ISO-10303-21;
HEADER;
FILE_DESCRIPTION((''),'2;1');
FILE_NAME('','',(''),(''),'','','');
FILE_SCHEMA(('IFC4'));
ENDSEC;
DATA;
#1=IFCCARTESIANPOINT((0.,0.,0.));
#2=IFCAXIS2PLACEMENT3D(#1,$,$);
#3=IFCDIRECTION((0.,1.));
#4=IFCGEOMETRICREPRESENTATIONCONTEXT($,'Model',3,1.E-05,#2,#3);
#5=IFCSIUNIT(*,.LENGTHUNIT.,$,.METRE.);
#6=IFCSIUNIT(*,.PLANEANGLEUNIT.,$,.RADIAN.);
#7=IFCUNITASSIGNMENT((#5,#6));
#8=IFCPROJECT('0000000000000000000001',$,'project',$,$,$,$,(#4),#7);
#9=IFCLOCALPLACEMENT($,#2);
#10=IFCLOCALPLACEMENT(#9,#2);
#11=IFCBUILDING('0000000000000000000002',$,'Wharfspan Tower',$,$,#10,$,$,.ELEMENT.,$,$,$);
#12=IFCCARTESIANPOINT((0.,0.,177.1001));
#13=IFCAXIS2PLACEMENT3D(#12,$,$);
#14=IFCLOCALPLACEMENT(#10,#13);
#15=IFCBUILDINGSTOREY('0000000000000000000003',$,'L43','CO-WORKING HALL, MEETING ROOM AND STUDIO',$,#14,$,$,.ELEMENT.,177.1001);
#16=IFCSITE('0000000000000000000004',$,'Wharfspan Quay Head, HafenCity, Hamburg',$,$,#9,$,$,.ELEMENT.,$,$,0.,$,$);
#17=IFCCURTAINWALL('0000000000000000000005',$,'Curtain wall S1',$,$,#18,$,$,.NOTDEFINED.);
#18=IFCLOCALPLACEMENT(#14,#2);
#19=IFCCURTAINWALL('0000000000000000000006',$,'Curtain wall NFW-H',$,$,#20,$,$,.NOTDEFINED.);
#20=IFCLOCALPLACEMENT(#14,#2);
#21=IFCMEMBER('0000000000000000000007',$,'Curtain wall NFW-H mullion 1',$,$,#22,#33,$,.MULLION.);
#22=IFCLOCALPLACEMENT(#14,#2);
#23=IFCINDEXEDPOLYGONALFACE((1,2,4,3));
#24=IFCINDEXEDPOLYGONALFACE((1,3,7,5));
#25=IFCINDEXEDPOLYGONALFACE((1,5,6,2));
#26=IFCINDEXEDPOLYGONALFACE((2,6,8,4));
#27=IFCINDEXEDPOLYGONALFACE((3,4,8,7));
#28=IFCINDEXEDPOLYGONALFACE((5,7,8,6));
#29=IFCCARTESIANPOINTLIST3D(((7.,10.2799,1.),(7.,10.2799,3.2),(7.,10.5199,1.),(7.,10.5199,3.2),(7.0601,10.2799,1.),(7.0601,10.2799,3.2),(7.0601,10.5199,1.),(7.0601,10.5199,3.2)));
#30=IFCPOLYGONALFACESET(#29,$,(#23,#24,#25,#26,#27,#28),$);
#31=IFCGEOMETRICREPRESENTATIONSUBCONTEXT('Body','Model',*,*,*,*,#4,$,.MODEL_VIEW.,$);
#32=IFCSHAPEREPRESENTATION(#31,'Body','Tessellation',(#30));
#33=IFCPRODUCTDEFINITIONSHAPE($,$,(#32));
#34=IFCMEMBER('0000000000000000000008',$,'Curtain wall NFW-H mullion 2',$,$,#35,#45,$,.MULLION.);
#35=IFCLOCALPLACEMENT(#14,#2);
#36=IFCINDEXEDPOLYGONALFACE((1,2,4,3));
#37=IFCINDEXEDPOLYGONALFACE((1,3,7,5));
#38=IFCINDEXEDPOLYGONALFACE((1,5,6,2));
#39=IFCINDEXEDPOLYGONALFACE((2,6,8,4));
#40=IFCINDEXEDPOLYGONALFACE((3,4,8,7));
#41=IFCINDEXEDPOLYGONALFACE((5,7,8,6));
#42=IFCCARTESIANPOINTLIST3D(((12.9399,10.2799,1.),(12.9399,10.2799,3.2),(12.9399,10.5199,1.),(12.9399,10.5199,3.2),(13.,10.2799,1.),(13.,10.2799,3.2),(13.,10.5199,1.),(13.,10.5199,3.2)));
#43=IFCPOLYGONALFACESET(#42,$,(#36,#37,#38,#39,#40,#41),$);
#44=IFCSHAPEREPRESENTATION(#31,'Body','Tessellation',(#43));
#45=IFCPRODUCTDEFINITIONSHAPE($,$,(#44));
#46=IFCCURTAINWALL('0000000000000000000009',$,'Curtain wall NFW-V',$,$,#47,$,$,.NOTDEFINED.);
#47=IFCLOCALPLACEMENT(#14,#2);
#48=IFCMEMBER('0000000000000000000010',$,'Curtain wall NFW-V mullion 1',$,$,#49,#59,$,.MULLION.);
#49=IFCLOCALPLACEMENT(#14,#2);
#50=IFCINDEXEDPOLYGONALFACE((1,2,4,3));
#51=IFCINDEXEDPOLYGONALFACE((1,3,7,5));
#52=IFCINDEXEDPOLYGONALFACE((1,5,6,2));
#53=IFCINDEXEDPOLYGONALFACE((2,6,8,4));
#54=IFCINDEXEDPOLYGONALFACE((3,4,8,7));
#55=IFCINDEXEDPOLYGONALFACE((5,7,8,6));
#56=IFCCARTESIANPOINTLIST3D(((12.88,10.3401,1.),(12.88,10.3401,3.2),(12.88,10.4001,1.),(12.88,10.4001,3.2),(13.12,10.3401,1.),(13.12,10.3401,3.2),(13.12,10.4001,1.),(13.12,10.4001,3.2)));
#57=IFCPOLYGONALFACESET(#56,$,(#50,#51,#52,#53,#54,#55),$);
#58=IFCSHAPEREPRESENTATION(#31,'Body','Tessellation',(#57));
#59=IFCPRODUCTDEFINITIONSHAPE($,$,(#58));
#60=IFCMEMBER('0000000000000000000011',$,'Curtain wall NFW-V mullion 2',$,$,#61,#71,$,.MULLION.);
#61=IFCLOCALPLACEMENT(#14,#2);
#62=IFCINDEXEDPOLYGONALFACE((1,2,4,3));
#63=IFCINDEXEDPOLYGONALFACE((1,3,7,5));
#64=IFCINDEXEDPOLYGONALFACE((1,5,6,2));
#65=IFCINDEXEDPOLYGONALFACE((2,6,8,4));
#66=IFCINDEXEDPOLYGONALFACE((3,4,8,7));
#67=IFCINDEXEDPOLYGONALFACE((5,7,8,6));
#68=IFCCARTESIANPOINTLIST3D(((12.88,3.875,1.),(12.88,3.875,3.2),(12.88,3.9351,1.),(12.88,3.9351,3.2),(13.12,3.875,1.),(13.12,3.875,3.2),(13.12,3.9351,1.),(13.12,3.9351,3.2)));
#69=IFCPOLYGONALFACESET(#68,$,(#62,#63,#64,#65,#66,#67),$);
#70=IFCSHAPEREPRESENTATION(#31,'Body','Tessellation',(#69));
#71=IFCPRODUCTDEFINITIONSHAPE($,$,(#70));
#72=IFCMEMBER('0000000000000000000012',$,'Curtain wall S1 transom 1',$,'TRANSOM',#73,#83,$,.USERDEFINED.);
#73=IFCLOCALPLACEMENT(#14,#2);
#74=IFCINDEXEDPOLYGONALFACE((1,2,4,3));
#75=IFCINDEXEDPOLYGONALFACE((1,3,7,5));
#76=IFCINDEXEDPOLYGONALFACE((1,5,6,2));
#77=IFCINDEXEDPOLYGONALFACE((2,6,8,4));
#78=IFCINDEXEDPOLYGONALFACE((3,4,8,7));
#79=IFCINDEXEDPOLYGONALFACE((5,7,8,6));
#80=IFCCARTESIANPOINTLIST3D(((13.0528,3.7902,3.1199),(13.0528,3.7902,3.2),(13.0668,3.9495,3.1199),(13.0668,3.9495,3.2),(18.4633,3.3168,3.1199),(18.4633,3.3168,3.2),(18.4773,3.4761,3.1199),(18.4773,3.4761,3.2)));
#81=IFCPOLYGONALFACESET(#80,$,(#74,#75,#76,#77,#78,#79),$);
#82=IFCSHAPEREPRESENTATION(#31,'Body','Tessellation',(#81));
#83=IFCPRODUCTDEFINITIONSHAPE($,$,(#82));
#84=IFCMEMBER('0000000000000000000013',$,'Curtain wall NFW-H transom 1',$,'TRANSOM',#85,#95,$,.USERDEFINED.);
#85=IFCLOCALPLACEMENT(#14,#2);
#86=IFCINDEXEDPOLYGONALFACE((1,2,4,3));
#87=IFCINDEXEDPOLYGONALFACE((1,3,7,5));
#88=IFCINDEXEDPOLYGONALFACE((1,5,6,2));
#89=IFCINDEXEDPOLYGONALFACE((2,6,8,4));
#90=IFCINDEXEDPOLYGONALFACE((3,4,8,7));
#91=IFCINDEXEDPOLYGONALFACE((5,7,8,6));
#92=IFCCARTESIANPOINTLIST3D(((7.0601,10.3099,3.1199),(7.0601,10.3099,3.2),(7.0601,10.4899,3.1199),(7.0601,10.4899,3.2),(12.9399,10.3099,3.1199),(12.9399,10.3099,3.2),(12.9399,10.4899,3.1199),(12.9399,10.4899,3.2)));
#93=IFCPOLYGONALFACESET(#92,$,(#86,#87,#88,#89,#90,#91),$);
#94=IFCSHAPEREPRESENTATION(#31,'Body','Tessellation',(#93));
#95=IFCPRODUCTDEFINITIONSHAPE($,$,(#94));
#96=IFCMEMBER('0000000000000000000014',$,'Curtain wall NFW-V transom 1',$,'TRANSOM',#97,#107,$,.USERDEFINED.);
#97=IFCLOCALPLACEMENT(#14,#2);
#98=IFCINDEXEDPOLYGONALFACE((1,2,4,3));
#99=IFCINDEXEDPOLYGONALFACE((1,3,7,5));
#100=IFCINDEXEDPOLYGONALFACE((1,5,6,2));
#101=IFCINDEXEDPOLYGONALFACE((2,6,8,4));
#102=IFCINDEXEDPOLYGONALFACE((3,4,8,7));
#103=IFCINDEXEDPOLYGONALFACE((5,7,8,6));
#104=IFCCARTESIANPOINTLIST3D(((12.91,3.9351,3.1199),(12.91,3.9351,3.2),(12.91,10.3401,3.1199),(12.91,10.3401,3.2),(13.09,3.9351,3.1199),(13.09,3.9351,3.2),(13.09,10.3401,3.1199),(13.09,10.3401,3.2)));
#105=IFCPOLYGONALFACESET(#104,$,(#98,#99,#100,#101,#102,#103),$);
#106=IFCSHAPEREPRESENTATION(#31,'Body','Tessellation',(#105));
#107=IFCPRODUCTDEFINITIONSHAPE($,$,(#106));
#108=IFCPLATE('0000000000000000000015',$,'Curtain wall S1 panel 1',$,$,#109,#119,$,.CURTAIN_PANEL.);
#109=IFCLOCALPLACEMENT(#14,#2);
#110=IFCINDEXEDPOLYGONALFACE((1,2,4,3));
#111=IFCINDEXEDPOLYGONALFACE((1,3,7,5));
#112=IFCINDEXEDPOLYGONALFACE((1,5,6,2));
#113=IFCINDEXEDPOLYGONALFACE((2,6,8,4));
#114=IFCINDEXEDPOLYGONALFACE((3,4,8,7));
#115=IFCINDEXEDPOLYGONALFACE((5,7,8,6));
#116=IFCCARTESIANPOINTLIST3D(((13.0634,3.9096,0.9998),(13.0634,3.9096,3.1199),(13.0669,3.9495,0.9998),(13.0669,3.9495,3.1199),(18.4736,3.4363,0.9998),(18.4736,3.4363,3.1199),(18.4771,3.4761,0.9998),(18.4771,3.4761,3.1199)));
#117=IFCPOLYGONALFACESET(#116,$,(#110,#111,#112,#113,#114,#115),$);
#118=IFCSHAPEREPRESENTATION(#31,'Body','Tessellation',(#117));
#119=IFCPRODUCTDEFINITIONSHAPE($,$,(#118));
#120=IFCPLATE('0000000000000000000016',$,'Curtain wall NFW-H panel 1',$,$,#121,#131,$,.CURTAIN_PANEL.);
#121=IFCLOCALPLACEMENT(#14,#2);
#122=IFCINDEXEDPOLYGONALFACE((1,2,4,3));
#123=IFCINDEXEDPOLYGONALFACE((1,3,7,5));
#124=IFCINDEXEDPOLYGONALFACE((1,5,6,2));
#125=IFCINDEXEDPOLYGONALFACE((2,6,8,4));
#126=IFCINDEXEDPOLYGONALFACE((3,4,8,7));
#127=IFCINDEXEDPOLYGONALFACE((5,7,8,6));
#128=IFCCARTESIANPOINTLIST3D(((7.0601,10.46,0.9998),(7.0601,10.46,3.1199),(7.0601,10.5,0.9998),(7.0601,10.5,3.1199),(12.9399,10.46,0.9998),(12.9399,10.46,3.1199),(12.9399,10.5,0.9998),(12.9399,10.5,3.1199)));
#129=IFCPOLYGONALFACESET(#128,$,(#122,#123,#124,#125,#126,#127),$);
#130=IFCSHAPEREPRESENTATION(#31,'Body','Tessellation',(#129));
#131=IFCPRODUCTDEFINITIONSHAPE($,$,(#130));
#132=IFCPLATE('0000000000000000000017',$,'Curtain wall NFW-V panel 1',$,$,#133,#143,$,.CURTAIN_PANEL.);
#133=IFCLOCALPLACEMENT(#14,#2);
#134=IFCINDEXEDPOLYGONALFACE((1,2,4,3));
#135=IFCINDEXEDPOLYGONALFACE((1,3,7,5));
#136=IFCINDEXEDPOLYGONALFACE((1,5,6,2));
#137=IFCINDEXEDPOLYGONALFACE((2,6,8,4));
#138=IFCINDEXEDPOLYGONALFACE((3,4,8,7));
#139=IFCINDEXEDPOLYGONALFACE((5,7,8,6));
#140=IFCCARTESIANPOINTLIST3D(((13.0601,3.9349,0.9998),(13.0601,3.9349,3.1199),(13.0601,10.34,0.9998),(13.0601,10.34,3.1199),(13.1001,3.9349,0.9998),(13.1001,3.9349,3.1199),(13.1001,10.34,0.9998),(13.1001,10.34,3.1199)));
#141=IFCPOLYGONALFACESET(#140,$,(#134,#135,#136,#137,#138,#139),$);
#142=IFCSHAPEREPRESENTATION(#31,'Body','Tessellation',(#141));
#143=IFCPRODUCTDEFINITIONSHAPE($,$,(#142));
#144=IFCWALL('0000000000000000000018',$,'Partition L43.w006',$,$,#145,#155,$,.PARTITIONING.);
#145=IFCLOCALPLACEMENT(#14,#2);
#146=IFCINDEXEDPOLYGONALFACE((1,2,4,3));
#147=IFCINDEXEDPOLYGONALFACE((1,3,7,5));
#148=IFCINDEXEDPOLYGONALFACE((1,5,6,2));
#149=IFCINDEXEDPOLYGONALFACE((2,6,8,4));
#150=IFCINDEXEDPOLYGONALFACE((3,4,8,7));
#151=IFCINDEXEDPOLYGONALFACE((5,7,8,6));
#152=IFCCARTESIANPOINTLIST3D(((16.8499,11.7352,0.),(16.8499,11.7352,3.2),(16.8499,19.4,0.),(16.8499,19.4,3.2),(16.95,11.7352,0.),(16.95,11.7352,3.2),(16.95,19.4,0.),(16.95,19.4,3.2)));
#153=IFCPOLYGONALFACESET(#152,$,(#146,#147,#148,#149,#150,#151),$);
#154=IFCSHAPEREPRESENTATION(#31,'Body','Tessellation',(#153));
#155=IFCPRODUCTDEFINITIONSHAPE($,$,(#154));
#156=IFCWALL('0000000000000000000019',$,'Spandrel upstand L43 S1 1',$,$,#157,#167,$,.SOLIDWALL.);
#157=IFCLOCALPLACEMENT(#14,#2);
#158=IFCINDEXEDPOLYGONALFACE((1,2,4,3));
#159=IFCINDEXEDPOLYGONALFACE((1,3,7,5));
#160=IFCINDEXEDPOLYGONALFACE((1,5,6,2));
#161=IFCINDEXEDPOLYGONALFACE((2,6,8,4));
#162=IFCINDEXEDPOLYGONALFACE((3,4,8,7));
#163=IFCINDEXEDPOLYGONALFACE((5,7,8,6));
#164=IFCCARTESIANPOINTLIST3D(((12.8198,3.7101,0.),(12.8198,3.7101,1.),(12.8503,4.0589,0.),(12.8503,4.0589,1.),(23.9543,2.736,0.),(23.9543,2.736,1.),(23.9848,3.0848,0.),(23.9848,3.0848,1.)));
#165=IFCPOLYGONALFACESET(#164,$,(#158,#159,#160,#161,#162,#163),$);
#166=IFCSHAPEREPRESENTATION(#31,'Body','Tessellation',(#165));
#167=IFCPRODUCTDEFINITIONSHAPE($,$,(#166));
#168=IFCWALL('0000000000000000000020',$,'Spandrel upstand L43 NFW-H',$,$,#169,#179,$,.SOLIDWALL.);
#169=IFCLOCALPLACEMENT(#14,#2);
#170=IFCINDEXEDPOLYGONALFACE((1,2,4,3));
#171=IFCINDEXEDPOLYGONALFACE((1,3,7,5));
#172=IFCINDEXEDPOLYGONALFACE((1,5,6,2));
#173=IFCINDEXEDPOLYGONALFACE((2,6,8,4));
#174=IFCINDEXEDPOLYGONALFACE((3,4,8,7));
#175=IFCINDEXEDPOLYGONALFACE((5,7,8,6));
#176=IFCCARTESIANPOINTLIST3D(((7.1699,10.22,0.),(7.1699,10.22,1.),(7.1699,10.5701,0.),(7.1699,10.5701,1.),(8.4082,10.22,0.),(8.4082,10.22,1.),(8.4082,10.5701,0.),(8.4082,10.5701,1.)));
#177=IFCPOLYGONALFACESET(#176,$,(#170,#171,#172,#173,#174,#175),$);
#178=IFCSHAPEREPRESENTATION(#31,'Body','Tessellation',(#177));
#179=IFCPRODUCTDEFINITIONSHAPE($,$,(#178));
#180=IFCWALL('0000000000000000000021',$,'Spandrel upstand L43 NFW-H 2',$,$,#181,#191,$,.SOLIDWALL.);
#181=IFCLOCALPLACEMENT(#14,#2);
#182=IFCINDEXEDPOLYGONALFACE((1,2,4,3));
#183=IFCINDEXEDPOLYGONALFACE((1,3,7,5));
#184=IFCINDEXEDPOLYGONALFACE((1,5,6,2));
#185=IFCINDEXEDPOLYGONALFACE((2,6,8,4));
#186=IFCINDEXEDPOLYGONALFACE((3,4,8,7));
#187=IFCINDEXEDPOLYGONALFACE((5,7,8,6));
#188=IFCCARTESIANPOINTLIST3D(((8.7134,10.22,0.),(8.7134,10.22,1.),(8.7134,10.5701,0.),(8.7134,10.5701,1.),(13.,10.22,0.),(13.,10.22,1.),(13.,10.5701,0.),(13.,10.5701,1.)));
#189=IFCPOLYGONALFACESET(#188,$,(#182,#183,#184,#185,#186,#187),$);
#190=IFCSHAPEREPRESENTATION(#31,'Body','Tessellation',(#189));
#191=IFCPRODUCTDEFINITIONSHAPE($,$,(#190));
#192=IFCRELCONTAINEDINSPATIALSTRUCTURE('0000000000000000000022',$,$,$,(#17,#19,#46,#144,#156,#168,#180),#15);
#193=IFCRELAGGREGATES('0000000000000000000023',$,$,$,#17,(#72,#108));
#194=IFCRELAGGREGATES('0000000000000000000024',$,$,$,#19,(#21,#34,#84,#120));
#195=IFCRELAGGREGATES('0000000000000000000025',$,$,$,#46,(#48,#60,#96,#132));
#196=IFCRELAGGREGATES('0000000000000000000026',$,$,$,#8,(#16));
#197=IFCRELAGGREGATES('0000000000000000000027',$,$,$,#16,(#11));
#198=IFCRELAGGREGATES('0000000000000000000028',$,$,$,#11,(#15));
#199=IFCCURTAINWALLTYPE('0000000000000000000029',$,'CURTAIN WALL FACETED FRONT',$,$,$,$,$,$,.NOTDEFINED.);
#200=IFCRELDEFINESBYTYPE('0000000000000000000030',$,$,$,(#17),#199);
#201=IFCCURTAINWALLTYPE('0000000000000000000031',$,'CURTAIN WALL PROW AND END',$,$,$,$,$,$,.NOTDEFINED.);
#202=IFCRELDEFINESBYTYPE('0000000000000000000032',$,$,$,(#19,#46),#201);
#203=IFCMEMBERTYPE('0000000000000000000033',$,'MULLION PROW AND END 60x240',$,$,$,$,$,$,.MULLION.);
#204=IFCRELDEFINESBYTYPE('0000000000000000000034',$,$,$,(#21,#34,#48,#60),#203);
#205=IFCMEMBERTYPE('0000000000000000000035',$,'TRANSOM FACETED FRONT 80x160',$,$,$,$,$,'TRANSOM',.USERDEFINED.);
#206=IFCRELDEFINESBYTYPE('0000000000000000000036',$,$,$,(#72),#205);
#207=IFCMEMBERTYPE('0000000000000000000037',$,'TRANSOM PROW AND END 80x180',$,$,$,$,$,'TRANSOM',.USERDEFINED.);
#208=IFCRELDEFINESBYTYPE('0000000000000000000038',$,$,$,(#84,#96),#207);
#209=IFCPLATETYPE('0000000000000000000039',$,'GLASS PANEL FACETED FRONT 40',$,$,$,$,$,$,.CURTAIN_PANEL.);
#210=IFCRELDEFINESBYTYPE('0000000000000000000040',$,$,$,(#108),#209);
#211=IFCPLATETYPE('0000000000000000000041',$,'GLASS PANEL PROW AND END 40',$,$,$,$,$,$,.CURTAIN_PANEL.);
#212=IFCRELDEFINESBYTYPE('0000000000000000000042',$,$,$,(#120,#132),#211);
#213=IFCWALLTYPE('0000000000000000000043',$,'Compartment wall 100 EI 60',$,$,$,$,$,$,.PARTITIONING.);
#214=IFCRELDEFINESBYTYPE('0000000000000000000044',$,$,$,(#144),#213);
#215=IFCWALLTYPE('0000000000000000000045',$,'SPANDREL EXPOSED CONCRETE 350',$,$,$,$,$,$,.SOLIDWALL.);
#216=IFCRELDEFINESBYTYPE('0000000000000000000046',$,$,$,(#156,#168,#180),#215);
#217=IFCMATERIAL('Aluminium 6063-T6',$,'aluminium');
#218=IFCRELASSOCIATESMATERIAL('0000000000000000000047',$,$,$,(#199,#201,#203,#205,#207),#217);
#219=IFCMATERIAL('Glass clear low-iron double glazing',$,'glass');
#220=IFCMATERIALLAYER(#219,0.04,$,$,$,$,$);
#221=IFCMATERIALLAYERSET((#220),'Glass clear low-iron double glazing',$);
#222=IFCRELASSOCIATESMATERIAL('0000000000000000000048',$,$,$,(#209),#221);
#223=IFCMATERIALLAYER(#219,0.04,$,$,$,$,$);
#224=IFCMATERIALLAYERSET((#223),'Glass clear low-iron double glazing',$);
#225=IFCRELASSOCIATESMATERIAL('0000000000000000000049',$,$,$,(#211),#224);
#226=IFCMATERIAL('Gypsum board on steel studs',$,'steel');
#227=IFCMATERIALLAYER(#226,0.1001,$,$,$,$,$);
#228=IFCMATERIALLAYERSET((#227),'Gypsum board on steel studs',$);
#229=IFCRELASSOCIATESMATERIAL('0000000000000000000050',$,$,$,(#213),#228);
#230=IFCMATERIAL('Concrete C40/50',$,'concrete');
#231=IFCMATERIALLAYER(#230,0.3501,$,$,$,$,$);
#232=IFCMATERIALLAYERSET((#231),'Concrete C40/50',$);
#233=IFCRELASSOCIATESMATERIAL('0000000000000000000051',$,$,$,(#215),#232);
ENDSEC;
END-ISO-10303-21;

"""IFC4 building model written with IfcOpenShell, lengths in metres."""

from ifc_helpers import new_model, si_unit, direction, frame, frame_2d, origin, origin_2d, place, context, subcontext, project, spatial, rectangle, extrude, material, layer, layer_set, material_profile, profile_set, type_object, element, aggregate, save


model = new_model("IFC4")

# Units and contexts
model_context = context("Model", 3, precision=1e-05, world=origin(), true_north=direction((0.0, 1.0)))
body_context = subcontext(model_context, "Body", "Model", "MODEL_VIEW")
ifc_project = project(units=[si_unit("LENGTHUNIT", "METRE"), si_unit("PLANEANGLEUNIT", "RADIAN")], contexts=[model_context])

# Site, building, storey
site_placement = place(None, origin())
site = spatial("IfcSite", under=ifc_project, at=site_placement, Name="Wharfspan Quay Head, HafenCity, Hamburg", CompositionType="ELEMENT", RefElevation=0.0)
building_placement = place(site_placement, origin())
building = spatial("IfcBuilding", under=site, at=building_placement, Name="Wharfspan Tower", CompositionType="ELEMENT")
storey_placement = place(building_placement, frame((0.0, 0.0, 177.1001)))
storey = spatial("IfcBuildingStorey", under=building, at=storey_placement, Name="L43", Description="CO-WORKING HALL, MEETING ROOM AND STUDIO", CompositionType="ELEMENT", Elevation=177.1001)

# Curtain wall
ifc_material_1 = material(Name="Aluminium 6063-T6", Category="aluminium")
curtain_wall_type_1 = type_object("IfcCurtainWallType", Name="CURTAIN WALL FACETED FRONT", PredefinedType="NOTDEFINED", material=ifc_material_1)
curtain_wall_1_placement = place(storey_placement, origin())
curtain_wall_1 = element("IfcCurtainWall", 1, at=curtain_wall_1_placement, inside=storey, type_object=curtain_wall_type_1, Name="Curtain wall S1", PredefinedType="NOTDEFINED")
curtain_wall_type_2 = type_object("IfcCurtainWallType", Name="CURTAIN WALL PROW AND END", PredefinedType="NOTDEFINED", material=ifc_material_1)
ifc_material_profile_1 = material_profile(ifc_material_1, rectangle(XDim=0.24, YDim=0.0601, at=origin_2d()))
ifc_profile_set_1 = profile_set([ifc_material_profile_1], Name="Aluminium 6063-T6")
member_type_1 = type_object("IfcMemberType", Name="MULLION PROW AND END 60x240", PredefinedType="MULLION", material=ifc_profile_set_1)

# Curtain walls, members
curtain_wall_2_placement = place(storey_placement, origin())
curtain_wall_2 = element("IfcCurtainWall", 2, at=curtain_wall_2_placement, inside=storey, type_object=curtain_wall_type_2, Name="Curtain wall NFW-H", PredefinedType="NOTDEFINED")
member_1_placement = place(storey_placement, frame((7.03, 10.3999, 1.0), z_axis=(0.0, 0.0, 1.0), x_axis=(0.0, 1.0, 0.0)))
member_1 = element("IfcMember", 3, at=member_1_placement, type_object=member_type_1, Name="Curtain wall NFW-H mullion 1", PredefinedType="MULLION", context=body_context, shape_type="SweptSolid", body=[
    extrude(rectangle(XDim=0.24, YDim=0.0601, at=origin_2d()), origin(), (0.0, 0.0, 1.0), 2.2),
])
member_2_placement = place(storey_placement, frame((12.97, 10.3999, 1.0), z_axis=(0.0, 0.0, 1.0), x_axis=(0.0, 1.0, 0.0)))
member_2 = element("IfcMember", 4, at=member_2_placement, type_object=member_type_1, Name="Curtain wall NFW-H mullion 2", PredefinedType="MULLION", context=body_context, shape_type="SweptSolid", body=[
    extrude(rectangle(XDim=0.24, YDim=0.0601, at=origin_2d()), origin(), (0.0, 0.0, 1.0), 2.2),
])
curtain_wall_3_placement = place(storey_placement, origin())
curtain_wall_3 = element("IfcCurtainWall", 5, at=curtain_wall_3_placement, inside=storey, type_object=curtain_wall_type_2, Name="Curtain wall NFW-V", PredefinedType="NOTDEFINED")
member_3_placement = place(storey_placement, frame((13.0, 10.3701, 1.0), z_axis=(0.0, 0.0, 1.0), x_axis=(1.0, 0.0, 0.0)))
member_3 = element("IfcMember", 6, at=member_3_placement, type_object=member_type_1, Name="Curtain wall NFW-V mullion 1", PredefinedType="MULLION", context=body_context, shape_type="SweptSolid", body=[
    extrude(rectangle(XDim=0.24, YDim=0.0601, at=origin_2d()), origin(), (0.0, 0.0, 1.0), 2.2),
])
member_4_placement = place(storey_placement, frame((13.0, 3.905, 1.0), z_axis=(0.0, 0.0, 1.0), x_axis=(1.0, 0.0, 0.0)))
member_4 = element("IfcMember", 7, at=member_4_placement, type_object=member_type_1, Name="Curtain wall NFW-V mullion 2", PredefinedType="MULLION", context=body_context, shape_type="SweptSolid", body=[
    extrude(rectangle(XDim=0.24, YDim=0.0601, at=origin_2d()), origin(), (0.0, 0.0, 1.0), 2.2),
])

# Members
ifc_material_profile_2 = material_profile(ifc_material_1, rectangle(XDim=0.1599, YDim=0.0801, at=origin_2d()))
ifc_profile_set_2 = profile_set([ifc_material_profile_2], Name="Aluminium 6063-T6")
member_type_2 = type_object("IfcMemberType", Name="TRANSOM FACETED FRONT 80x160", ElementType="TRANSOM", PredefinedType="USERDEFINED", material=ifc_profile_set_2)
member_5_placement = place(storey_placement, frame((13.0598, 3.8699, 3.1599), z_axis=(0.996194, -0.087163, 0.0), x_axis=(0.087163, 0.996194, 0.0)))
member_5 = element("IfcMember", 8, at=member_5_placement, type_object=member_type_2, Name="Curtain wall S1 transom 1", ObjectType="TRANSOM", PredefinedType="USERDEFINED", context=body_context, shape_type="SweptSolid", body=[
    extrude(rectangle(XDim=0.1599, YDim=0.0801, at=origin_2d()), origin(), (0.0, 0.0, 1.0), 5.4312),
])
ifc_material_profile_3 = material_profile(ifc_material_1, rectangle(XDim=0.1799, YDim=0.0801, at=origin_2d()))
ifc_profile_set_3 = profile_set([ifc_material_profile_3], Name="Aluminium 6063-T6")
member_type_3 = type_object("IfcMemberType", Name="TRANSOM PROW AND END 80x180", ElementType="TRANSOM", PredefinedType="USERDEFINED", material=ifc_profile_set_3)
member_6_placement = place(storey_placement, frame((7.0601, 10.3999, 3.1599), z_axis=(1.0, 0.0, 0.0), x_axis=(0.0, 1.0, 0.0)))
member_6 = element("IfcMember", 9, at=member_6_placement, type_object=member_type_3, Name="Curtain wall NFW-H transom 1", ObjectType="TRANSOM", PredefinedType="USERDEFINED", context=body_context, shape_type="SweptSolid", body=[
    extrude(rectangle(XDim=0.1799, YDim=0.0801, at=origin_2d()), origin(), (0.0, 0.0, 1.0), 5.8799),
])
member_7_placement = place(storey_placement, frame((13.0, 10.3401, 3.1599), z_axis=(0.0, -1.0, 0.0), x_axis=(1.0, 0.0, 0.0)))
member_7 = element("IfcMember", 10, at=member_7_placement, type_object=member_type_3, Name="Curtain wall NFW-V transom 1", ObjectType="TRANSOM", PredefinedType="USERDEFINED", context=body_context, shape_type="SweptSolid", body=[
    extrude(rectangle(XDim=0.1799, YDim=0.0801, at=origin_2d()), origin(), (0.0, 0.0, 1.0), 6.405),
])

# Plates
ifc_material_2 = material(Name="Glass clear low-iron double glazing", Category="glass")
ifc_layer_1 = layer(ifc_material_2, 0.04)
ifc_layer_set_1 = layer_set([ifc_layer_1], Name="Glass clear low-iron double glazing")
plate_type_1 = type_object("IfcPlateType", Name="GLASS PANEL FACETED FRONT 40", PredefinedType="CURTAIN_PANEL", material=ifc_layer_set_1)
plate_1_placement = place(storey_placement, frame((15.7703, 3.6929, 0.9998), z_axis=(0.0, 0.0, 1.0), x_axis=(0.996198, -0.087156, 0.0)))
plate_1 = element("IfcPlate", 11, at=plate_1_placement, type_object=plate_type_1, Name="Curtain wall S1 panel 1", PredefinedType="CURTAIN_PANEL", context=body_context, shape_type="SweptSolid", body=[
    extrude(rectangle(XDim=5.4309, YDim=0.04, at=origin_2d()), origin(), (0.0, 0.0, 1.0), 2.1201),
])
aggregate(curtain_wall_1, [member_5, plate_1])
ifc_layer_2 = layer(ifc_material_2, 0.04)
ifc_layer_set_2 = layer_set([ifc_layer_2], Name="Glass clear low-iron double glazing")
plate_type_2 = type_object("IfcPlateType", Name="GLASS PANEL PROW AND END 40", PredefinedType="CURTAIN_PANEL", material=ifc_layer_set_2)
plate_2_placement = place(storey_placement, frame((10.0, 10.48, 0.9998), z_axis=(0.0, 0.0, 1.0), x_axis=(1.0, 0.0, 0.0)))
plate_2 = element("IfcPlate", 12, at=plate_2_placement, type_object=plate_type_2, Name="Curtain wall NFW-H panel 1", PredefinedType="CURTAIN_PANEL", context=body_context, shape_type="SweptSolid", body=[
    extrude(rectangle(XDim=5.8799, YDim=0.04, at=origin_2d()), origin(), (0.0, 0.0, 1.0), 2.1201),
])
aggregate(curtain_wall_2, [member_1, member_2, member_6, plate_2])
plate_3_placement = place(storey_placement, frame((13.0801, 7.1375, 0.9998), z_axis=(0.0, 0.0, 1.0), x_axis=(0.0, -1.0, 0.0)))
plate_3 = element("IfcPlate", 13, at=plate_3_placement, type_object=plate_type_2, Name="Curtain wall NFW-V panel 1", PredefinedType="CURTAIN_PANEL", context=body_context, shape_type="SweptSolid", body=[
    extrude(rectangle(XDim=6.405, YDim=0.04, at=origin_2d()), origin(), (0.0, 0.0, 1.0), 2.1201),
])
aggregate(curtain_wall_3, [member_3, member_4, member_7, plate_3])

# Walls
ifc_material_3 = material(Name="Gypsum board on steel studs", Category="steel")
ifc_layer_3 = layer(ifc_material_3, 0.1001)
ifc_layer_set_3 = layer_set([ifc_layer_3], Name="Gypsum board on steel studs")
wall_type_1 = type_object("IfcWallType", Name="Compartment wall 100 EI 60", PredefinedType="PARTITIONING", material=ifc_layer_set_3)
wall_1_placement = place(storey_placement, frame((16.8999, 11.7351, 0.0), z_axis=(0.0, 0.0, 1.0), x_axis=(0.0, 1.0, 0.0)))
element("IfcWall", 14, at=wall_1_placement, inside=storey, type_object=wall_type_1, Name="Partition L43.w006", PredefinedType="PARTITIONING", context=body_context, shape_type="SweptSolid", body=[
    extrude(rectangle(XDim=7.6648, YDim=0.1001, at=frame_2d((3.8325, 0.0))), origin(), (0.0, 0.0, 1.0), 3.2),
])
ifc_material_4 = material(Name="Concrete C40/50", Category="concrete")
ifc_layer_4 = layer(ifc_material_4, 0.3501)
ifc_layer_set_4 = layer_set([ifc_layer_4], Name="Concrete C40/50")
wall_type_2 = type_object("IfcWallType", Name="SPANDREL EXPOSED CONCRETE 350", PredefinedType="SOLIDWALL", material=ifc_layer_set_4)
wall_2_placement = place(storey_placement, frame((12.8352, 3.8845, 0.0), z_axis=(0.0, 0.0, 1.0), x_axis=(0.996199, -0.087154, 0.0)))
element("IfcWall", 15, at=wall_2_placement, inside=storey, type_object=wall_type_2, Name="Spandrel upstand L43 S1 1", PredefinedType="SOLIDWALL", context=body_context, shape_type="SweptSolid", body=[
    extrude(rectangle(XDim=11.177, YDim=0.3501, at=frame_2d((5.5884, 0.0))), origin(), (0.0, 0.0, 1.0), 1.0),
])
wall_3_placement = place(storey_placement, frame((7.1699, 10.395, 0.0), z_axis=(0.0, 0.0, 1.0), x_axis=(1.0, 0.0, 0.0)))
element("IfcWall", 16, at=wall_3_placement, inside=storey, type_object=wall_type_2, Name="Spandrel upstand L43 NFW-H", PredefinedType="SOLIDWALL", context=body_context, shape_type="SweptSolid", body=[
    extrude(rectangle(XDim=1.2383, YDim=0.3501, at=frame_2d((0.6191, 0.0))), origin(), (0.0, 0.0, 1.0), 1.0),
])
wall_4_placement = place(storey_placement, frame((8.7134, 10.395, 0.0), z_axis=(0.0, 0.0, 1.0), x_axis=(1.0, 0.0, 0.0)))
element("IfcWall", 17, at=wall_4_placement, inside=storey, type_object=wall_type_2, Name="Spandrel upstand L43 NFW-H 2", PredefinedType="SOLIDWALL", context=body_context, shape_type="SweptSolid", body=[
    extrude(rectangle(XDim=4.2866, YDim=0.3501, at=frame_2d((2.1433, 0.0))), origin(), (0.0, 0.0, 1.0), 1.0),
])

save(model, "model.ifc")
